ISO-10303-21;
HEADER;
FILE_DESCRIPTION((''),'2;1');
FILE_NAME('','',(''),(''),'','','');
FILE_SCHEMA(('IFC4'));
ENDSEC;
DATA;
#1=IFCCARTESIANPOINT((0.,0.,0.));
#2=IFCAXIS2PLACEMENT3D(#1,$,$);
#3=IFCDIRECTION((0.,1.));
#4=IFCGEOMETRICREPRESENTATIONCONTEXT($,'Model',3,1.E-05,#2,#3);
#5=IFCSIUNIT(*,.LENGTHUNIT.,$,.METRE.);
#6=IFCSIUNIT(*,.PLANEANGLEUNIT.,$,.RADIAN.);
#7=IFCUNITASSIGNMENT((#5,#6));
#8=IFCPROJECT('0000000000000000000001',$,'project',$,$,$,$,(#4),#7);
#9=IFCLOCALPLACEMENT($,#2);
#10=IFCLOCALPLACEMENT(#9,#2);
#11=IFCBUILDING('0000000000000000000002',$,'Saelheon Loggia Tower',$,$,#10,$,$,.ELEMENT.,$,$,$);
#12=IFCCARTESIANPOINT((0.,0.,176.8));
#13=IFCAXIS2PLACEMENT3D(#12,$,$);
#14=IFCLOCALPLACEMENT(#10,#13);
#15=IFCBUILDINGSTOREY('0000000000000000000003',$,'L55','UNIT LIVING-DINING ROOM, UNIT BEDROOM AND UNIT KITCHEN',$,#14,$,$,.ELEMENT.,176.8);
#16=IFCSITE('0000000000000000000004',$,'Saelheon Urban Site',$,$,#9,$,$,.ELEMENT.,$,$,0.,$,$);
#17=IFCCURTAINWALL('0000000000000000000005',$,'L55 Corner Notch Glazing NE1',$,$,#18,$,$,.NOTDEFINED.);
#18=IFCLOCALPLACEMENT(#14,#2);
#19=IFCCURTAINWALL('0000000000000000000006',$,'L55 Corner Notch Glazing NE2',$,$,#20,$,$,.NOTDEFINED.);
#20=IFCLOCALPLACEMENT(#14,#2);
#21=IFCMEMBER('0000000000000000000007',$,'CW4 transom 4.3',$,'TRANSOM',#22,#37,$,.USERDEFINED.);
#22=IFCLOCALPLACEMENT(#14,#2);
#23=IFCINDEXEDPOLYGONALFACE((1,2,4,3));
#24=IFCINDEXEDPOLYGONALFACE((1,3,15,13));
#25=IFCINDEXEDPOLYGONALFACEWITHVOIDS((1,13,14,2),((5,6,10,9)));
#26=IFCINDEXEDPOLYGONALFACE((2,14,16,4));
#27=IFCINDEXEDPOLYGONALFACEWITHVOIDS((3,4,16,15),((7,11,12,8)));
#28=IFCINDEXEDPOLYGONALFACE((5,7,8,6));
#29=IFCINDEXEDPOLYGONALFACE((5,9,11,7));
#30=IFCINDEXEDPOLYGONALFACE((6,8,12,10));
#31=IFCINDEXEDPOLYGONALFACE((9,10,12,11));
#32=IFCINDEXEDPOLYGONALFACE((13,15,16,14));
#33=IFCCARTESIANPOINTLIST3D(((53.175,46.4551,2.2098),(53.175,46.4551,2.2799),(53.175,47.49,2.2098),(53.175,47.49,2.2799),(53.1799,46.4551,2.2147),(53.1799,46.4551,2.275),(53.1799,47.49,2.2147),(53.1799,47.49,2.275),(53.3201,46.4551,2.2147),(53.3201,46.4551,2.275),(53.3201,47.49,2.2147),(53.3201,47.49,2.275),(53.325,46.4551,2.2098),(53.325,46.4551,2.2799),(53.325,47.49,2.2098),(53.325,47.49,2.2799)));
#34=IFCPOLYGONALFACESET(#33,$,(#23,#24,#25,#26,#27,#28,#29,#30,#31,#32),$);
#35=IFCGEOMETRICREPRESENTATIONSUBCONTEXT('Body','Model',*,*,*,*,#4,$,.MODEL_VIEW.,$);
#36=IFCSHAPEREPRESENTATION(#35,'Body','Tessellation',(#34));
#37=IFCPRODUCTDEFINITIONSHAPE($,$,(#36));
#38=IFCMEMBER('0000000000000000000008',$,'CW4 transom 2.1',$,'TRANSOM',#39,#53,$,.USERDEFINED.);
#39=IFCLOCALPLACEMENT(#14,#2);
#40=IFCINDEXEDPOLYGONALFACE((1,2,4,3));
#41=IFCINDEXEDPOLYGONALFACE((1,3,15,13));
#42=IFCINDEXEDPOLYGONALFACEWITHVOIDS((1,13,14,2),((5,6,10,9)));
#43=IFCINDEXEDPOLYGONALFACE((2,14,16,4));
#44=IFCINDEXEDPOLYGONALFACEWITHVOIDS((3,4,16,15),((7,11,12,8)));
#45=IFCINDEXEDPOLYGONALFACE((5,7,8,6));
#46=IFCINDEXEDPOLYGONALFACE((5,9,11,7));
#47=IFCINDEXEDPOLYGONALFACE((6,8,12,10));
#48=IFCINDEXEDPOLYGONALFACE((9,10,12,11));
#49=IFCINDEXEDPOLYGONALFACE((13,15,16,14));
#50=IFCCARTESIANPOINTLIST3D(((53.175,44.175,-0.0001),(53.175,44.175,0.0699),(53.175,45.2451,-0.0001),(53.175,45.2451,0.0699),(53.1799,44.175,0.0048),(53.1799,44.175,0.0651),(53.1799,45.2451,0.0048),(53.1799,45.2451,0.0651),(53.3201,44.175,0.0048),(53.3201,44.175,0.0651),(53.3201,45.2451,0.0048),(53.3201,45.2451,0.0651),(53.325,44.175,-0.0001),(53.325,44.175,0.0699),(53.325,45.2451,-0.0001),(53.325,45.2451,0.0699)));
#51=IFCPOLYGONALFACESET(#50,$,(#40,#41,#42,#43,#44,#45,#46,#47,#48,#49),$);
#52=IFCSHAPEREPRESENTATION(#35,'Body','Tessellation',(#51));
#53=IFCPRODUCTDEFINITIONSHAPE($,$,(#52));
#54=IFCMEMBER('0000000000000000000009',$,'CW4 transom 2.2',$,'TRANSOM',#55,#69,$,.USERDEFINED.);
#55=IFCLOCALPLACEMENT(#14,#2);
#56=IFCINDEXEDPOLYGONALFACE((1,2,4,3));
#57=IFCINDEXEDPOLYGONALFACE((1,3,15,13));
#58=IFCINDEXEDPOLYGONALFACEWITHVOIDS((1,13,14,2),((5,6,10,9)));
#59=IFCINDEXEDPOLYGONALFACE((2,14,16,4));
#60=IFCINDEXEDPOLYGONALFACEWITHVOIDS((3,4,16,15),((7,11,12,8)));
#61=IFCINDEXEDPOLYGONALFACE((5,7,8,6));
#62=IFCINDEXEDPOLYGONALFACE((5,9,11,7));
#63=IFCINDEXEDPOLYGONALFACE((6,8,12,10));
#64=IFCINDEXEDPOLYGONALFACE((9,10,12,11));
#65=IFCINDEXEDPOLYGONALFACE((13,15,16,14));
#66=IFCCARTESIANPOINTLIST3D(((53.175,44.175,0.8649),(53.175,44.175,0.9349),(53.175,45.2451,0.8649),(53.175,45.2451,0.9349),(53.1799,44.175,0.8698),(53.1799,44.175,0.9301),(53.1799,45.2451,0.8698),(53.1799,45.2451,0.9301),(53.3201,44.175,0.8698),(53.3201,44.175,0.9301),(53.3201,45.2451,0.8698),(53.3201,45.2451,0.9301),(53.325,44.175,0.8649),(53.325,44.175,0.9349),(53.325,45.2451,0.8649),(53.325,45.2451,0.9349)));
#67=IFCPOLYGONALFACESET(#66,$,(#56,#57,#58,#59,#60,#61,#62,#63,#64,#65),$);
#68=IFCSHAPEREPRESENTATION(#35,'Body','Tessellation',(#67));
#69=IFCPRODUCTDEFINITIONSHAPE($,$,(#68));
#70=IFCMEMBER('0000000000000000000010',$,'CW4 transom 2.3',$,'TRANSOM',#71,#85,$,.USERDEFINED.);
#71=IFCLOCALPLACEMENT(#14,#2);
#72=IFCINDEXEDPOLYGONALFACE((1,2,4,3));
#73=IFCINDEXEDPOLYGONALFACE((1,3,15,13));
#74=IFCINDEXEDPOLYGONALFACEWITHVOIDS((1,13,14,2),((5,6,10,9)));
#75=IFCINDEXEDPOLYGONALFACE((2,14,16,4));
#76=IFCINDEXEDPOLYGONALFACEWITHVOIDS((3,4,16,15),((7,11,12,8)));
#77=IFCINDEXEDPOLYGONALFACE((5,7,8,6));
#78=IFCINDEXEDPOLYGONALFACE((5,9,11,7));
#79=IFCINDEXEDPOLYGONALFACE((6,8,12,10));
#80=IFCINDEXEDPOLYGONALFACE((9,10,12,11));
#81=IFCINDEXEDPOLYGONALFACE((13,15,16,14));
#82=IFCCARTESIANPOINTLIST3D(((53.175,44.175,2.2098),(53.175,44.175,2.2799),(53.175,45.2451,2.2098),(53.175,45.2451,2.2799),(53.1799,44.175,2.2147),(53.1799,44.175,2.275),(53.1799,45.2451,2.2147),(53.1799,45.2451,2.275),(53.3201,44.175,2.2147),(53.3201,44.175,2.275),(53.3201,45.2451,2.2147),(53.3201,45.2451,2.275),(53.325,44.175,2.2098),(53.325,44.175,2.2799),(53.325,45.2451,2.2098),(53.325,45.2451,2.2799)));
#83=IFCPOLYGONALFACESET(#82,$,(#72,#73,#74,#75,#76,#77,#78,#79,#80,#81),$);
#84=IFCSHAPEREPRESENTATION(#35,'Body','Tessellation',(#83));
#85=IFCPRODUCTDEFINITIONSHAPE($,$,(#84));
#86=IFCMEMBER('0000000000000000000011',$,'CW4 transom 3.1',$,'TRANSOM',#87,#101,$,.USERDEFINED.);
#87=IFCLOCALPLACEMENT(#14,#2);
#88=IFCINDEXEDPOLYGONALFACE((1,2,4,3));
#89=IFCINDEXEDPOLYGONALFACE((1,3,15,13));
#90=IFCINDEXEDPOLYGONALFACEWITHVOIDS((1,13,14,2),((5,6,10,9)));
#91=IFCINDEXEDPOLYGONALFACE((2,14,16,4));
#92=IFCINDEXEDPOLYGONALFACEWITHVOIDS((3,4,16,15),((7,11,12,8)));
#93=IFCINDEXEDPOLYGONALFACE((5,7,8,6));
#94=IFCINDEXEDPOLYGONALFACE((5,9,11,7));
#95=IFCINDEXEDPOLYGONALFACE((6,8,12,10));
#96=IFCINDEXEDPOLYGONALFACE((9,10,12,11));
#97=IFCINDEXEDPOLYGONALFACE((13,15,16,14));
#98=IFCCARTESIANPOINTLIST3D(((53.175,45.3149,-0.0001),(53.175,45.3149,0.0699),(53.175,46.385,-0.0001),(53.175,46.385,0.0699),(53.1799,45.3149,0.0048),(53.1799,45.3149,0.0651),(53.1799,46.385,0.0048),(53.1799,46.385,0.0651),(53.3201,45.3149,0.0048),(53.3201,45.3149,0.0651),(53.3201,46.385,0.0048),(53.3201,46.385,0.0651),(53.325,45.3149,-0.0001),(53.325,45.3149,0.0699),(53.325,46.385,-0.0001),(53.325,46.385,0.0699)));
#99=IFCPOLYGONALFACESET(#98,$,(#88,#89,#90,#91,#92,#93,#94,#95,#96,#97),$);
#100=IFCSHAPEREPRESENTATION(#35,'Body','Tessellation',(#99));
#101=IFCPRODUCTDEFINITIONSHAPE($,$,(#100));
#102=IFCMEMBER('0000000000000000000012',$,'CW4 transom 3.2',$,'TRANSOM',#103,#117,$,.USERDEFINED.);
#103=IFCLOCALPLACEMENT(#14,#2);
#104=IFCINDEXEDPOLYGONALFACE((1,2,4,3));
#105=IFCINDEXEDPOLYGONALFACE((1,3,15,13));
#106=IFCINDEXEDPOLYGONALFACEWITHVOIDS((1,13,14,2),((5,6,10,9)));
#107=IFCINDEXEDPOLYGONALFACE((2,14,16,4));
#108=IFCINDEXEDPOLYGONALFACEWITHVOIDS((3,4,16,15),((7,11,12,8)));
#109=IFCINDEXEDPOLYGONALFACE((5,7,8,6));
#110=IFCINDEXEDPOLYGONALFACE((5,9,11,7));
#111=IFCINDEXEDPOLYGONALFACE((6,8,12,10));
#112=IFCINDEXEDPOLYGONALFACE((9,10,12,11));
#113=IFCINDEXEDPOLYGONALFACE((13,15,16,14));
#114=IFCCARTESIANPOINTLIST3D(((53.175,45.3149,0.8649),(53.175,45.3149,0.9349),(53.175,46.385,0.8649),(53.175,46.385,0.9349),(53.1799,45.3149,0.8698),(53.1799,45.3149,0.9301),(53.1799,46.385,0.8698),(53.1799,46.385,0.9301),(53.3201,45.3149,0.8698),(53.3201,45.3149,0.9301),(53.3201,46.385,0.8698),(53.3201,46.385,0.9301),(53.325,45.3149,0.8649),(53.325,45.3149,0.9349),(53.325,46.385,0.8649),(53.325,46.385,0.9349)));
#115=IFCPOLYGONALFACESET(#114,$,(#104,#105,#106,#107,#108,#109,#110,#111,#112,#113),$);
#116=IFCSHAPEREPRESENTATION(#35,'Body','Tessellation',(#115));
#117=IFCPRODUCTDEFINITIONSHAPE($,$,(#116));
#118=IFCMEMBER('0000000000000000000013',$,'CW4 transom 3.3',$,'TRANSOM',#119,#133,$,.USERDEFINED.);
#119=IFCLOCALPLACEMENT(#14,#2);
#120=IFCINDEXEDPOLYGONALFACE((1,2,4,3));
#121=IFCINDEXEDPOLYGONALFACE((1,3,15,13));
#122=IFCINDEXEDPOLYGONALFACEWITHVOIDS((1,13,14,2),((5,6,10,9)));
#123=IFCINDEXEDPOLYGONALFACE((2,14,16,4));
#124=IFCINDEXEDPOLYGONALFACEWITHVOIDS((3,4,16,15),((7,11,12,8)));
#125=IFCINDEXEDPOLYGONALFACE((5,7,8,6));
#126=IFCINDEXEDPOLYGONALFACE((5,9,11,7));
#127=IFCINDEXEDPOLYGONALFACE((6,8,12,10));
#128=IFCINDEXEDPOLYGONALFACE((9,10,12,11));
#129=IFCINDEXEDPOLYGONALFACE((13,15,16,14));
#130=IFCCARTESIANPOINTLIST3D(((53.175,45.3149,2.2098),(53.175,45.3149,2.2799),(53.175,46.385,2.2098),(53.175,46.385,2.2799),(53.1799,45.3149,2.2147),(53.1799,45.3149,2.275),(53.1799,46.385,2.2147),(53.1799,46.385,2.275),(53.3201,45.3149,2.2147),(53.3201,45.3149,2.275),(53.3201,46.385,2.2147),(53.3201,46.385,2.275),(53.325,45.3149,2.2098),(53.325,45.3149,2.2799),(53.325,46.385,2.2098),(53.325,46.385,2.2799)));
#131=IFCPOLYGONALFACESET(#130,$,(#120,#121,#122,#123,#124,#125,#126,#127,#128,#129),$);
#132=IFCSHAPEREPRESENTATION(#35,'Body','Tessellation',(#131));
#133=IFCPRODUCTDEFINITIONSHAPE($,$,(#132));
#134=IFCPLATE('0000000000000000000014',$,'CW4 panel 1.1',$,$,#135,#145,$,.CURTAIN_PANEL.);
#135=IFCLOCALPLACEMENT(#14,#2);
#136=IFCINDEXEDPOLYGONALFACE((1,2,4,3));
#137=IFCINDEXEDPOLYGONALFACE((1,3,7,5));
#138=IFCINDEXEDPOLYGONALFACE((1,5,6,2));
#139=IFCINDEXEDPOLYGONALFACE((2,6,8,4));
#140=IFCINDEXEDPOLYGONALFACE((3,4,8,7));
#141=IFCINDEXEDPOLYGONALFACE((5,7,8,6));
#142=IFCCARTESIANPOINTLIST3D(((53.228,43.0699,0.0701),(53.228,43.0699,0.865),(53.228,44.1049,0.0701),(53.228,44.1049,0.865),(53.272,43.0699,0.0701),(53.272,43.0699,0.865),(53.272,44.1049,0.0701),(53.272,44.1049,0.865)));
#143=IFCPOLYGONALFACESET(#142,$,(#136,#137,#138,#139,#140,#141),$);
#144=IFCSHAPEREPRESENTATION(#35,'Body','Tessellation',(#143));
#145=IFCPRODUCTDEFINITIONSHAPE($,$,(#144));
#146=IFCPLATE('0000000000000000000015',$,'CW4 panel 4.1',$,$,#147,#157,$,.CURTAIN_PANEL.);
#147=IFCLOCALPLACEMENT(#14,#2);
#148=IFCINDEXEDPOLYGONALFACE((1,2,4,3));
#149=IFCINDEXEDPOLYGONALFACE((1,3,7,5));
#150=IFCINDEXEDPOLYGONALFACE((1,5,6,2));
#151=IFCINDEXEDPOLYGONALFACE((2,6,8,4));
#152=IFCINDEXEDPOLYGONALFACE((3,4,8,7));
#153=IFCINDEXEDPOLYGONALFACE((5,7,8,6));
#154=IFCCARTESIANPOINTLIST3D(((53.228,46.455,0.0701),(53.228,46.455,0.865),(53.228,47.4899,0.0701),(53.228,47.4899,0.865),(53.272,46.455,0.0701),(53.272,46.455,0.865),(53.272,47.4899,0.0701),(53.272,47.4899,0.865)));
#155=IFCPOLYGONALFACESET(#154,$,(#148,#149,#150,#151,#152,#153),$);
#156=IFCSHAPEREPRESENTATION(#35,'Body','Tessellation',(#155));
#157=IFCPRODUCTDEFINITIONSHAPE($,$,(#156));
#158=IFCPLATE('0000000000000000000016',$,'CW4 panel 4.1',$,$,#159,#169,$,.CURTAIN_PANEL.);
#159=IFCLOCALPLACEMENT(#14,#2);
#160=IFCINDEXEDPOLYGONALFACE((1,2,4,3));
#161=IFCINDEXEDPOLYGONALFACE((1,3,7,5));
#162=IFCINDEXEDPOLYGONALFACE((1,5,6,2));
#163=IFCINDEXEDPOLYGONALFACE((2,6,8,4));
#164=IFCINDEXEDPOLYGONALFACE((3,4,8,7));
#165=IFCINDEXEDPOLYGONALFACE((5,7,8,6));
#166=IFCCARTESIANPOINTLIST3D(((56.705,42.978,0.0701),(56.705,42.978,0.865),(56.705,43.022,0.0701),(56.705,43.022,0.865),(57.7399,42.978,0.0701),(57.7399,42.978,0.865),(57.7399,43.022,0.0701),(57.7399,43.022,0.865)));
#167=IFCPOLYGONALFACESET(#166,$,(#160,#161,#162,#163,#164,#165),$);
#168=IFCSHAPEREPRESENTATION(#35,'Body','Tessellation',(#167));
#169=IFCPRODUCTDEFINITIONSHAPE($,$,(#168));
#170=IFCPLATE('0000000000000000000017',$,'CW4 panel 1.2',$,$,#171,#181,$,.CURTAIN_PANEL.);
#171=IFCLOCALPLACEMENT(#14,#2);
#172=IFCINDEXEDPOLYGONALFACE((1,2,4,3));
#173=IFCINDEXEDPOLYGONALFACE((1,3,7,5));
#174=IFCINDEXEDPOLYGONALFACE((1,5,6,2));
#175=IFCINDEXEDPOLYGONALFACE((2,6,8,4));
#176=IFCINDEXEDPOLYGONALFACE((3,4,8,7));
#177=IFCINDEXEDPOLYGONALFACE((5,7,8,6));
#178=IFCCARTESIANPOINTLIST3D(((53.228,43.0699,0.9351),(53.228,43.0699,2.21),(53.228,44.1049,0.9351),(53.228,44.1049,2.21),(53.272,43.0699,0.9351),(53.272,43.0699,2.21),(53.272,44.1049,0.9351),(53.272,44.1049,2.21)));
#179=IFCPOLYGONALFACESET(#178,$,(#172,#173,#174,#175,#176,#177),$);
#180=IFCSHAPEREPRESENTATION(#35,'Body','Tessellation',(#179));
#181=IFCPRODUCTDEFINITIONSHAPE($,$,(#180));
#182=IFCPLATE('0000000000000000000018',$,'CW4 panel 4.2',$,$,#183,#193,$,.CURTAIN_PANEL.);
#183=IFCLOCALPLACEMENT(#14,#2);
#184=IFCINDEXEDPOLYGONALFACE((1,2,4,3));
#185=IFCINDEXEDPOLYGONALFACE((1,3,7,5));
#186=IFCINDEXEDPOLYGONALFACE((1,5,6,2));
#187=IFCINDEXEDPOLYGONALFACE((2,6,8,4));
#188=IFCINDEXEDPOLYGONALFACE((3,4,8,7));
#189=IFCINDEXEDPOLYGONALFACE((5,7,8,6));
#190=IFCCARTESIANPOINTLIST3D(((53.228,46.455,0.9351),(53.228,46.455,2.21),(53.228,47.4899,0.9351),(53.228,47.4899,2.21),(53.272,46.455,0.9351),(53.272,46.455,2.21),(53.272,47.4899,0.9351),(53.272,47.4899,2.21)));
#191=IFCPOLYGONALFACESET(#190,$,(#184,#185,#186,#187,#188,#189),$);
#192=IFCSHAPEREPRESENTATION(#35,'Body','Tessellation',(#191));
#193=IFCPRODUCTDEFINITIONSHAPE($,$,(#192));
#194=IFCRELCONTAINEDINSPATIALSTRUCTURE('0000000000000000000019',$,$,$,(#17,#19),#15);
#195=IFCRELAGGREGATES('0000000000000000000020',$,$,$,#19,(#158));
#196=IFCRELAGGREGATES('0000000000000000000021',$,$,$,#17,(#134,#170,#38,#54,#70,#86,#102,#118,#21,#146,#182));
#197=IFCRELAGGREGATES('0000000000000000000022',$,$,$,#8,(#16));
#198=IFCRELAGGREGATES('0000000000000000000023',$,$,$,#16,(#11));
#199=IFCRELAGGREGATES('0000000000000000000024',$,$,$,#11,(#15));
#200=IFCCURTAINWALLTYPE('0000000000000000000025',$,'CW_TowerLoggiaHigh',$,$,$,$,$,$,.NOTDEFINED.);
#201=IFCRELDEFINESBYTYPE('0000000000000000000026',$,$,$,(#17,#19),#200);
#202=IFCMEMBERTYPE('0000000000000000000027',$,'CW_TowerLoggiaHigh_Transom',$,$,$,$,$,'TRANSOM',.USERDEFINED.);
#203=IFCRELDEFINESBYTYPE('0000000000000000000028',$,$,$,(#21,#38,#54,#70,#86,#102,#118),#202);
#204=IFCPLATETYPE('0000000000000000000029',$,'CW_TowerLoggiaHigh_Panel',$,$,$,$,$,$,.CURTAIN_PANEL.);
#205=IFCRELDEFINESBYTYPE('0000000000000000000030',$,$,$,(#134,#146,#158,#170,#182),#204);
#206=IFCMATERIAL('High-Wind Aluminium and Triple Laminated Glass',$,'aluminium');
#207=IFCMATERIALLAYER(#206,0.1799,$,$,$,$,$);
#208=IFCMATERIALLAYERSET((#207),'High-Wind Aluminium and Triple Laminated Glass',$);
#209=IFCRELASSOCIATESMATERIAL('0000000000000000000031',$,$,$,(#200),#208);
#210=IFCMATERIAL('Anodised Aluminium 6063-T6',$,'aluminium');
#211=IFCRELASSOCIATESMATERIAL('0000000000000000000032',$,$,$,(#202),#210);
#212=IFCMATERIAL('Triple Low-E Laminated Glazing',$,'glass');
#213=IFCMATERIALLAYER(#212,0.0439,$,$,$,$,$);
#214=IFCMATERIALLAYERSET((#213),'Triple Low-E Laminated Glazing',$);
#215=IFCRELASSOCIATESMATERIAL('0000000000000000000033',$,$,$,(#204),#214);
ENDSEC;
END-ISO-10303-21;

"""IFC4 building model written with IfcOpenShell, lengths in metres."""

from ifc_helpers import new_model, si_unit, direction, frame, origin, origin_2d, place, context, subcontext, project, spatial, rectangle, hollow_rectangle, extrude, source, transform, mapped, material, layer, layer_set, material_profile, profile_set, type_object, element, aggregate, save


model = new_model("IFC4")

# Units and contexts
model_context = context("Model", 3, precision=1e-05, world=origin(), true_north=direction((0.0, 1.0)))
body_context = subcontext(model_context, "Body", "Model", "MODEL_VIEW")
ifc_project = project(units=[si_unit("LENGTHUNIT", "METRE"), si_unit("PLANEANGLEUNIT", "RADIAN")], contexts=[model_context])

# Site, building, storey
site_placement = place(None, origin())
site = spatial("IfcSite", under=ifc_project, at=site_placement, Name="Saelheon Urban Site", CompositionType="ELEMENT", RefElevation=0.0)
building_placement = place(site_placement, origin())
building = spatial("IfcBuilding", under=site, at=building_placement, Name="Saelheon Loggia Tower", CompositionType="ELEMENT")
storey_placement = place(building_placement, frame((0.0, 0.0, 176.8)))
storey = spatial("IfcBuildingStorey", under=building, at=storey_placement, Name="L55", Description="UNIT LIVING-DINING ROOM, UNIT BEDROOM AND UNIT KITCHEN", CompositionType="ELEMENT", Elevation=176.8)

# Curtain wall
ifc_material_1 = material(Name="High-Wind Aluminium and Triple Laminated Glass", Category="aluminium")
ifc_layer_1 = layer(ifc_material_1, 0.1799)
ifc_layer_set_1 = layer_set([ifc_layer_1], Name="High-Wind Aluminium and Triple Laminated Glass")
curtain_wall_type = type_object("IfcCurtainWallType", Name="CW_TowerLoggiaHigh", PredefinedType="NOTDEFINED", material=ifc_layer_set_1)
curtain_wall_1_placement = place(storey_placement, origin())
curtain_wall_1 = element("IfcCurtainWall", 1, at=curtain_wall_1_placement, inside=storey, type_object=curtain_wall_type, Name="L55 Corner Notch Glazing NE1", PredefinedType="NOTDEFINED")
ifc_material_2 = material(Name="Anodised Aluminium 6063-T6", Category="aluminium")

# Curtain wall
curtain_wall_2_placement = place(storey_placement, origin())
curtain_wall_2 = element("IfcCurtainWall", 2, at=curtain_wall_2_placement, inside=storey, type_object=curtain_wall_type, Name="L55 Corner Notch Glazing NE2", PredefinedType="NOTDEFINED")

# Members
ifc_material_profile_1 = material_profile(ifc_material_2, hollow_rectangle(XDim=0.0701, YDim=0.1499, WallThickness=0.0049, at=origin_2d()), Name="RHS-150x70x5")
ifc_profile_set_1 = profile_set([ifc_material_profile_1], Name="Anodised Aluminium 6063-T6")
member_type_1 = type_object("IfcMemberType", Name="CW_TowerLoggiaHigh_Transom", ElementType="TRANSOM", PredefinedType="USERDEFINED", material=ifc_profile_set_1)
shared_shape_1 = source(origin(), body_context, "Body", "SweptSolid", [
    extrude(hollow_rectangle(XDim=0.0701, YDim=0.1499, WallThickness=0.0049, at=origin_2d()), origin(), (0.0, 0.0, 1.0), 1.0349),
])
member_1_placement = place(storey_placement, frame((53.25, 46.4551, 2.2449), z_axis=(0.0, 1.0, 0.0), x_axis=(0.0, 0.0, 1.0)))
member_1 = element("IfcMember", 3, at=member_1_placement, type_object=member_type_1, Name="CW4 transom 4.3", ObjectType="TRANSOM", PredefinedType="USERDEFINED", context=body_context, shape_type="MappedRepresentation", body=[
    mapped(shared_shape_1, transform((0.0, 0.0, 0.0), scale=1.0)),
])
shared_shape_2 = source(origin(), body_context, "Body", "SweptSolid", [
    extrude(hollow_rectangle(XDim=0.0701, YDim=0.1499, WallThickness=0.0049, at=origin_2d()), origin(), (0.0, 0.0, 1.0), 1.0701),
])
member_2_placement = place(storey_placement, frame((53.25, 44.175, 0.0349), z_axis=(0.0, 1.0, 0.0), x_axis=(0.0, 0.0, 1.0)))
member_2 = element("IfcMember", 4, at=member_2_placement, type_object=member_type_1, Name="CW4 transom 2.1", ObjectType="TRANSOM", PredefinedType="USERDEFINED", context=body_context, shape_type="MappedRepresentation", body=[
    mapped(shared_shape_2, transform((0.0, 0.0, 0.0), scale=1.0)),
])
member_3_placement = place(storey_placement, frame((53.25, 44.175, 0.8999), z_axis=(0.0, 1.0, 0.0), x_axis=(0.0, 0.0, 1.0)))
member_3 = element("IfcMember", 5, at=member_3_placement, type_object=member_type_1, Name="CW4 transom 2.2", ObjectType="TRANSOM", PredefinedType="USERDEFINED", context=body_context, shape_type="MappedRepresentation", body=[
    mapped(shared_shape_2, transform((0.0, 0.0, 0.0), scale=1.0)),
])
member_4_placement = place(storey_placement, frame((53.25, 44.175, 2.2449), z_axis=(0.0, 1.0, 0.0), x_axis=(0.0, 0.0, 1.0)))
member_4 = element("IfcMember", 6, at=member_4_placement, type_object=member_type_1, Name="CW4 transom 2.3", ObjectType="TRANSOM", PredefinedType="USERDEFINED", context=body_context, shape_type="MappedRepresentation", body=[
    mapped(shared_shape_2, transform((0.0, 0.0, 0.0), scale=1.0)),
])
member_5_placement = place(storey_placement, frame((53.25, 45.3149, 0.0349), z_axis=(0.0, 1.0, 0.0), x_axis=(0.0, 0.0, 1.0)))
member_5 = element("IfcMember", 7, at=member_5_placement, type_object=member_type_1, Name="CW4 transom 3.1", ObjectType="TRANSOM", PredefinedType="USERDEFINED", context=body_context, shape_type="MappedRepresentation", body=[
    mapped(shared_shape_2, transform((0.0, 0.0, 0.0), scale=1.0)),
])
member_6_placement = place(storey_placement, frame((53.25, 45.3149, 0.8999), z_axis=(0.0, 1.0, 0.0), x_axis=(0.0, 0.0, 1.0)))
member_6 = element("IfcMember", 8, at=member_6_placement, type_object=member_type_1, Name="CW4 transom 3.2", ObjectType="TRANSOM", PredefinedType="USERDEFINED", context=body_context, shape_type="MappedRepresentation", body=[
    mapped(shared_shape_2, transform((0.0, 0.0, 0.0), scale=1.0)),
])
member_7_placement = place(storey_placement, frame((53.25, 45.3149, 2.2449), z_axis=(0.0, 1.0, 0.0), x_axis=(0.0, 0.0, 1.0)))
member_7 = element("IfcMember", 9, at=member_7_placement, type_object=member_type_1, Name="CW4 transom 3.3", ObjectType="TRANSOM", PredefinedType="USERDEFINED", context=body_context, shape_type="MappedRepresentation", body=[
    mapped(shared_shape_2, transform((0.0, 0.0, 0.0), scale=1.0)),
])

# Plates
ifc_material_3 = material(Name="Triple Low-E Laminated Glazing", Category="glass")
ifc_layer_2 = layer(ifc_material_3, 0.0439)
ifc_layer_set_2 = layer_set([ifc_layer_2], Name="Triple Low-E Laminated Glazing")
plate_type = type_object("IfcPlateType", Name="CW_TowerLoggiaHigh_Panel", PredefinedType="CURTAIN_PANEL", material=ifc_layer_set_2)
shared_shape_3 = source(origin(), body_context, "Body", "SweptSolid", [
    extrude(rectangle(XDim=1.0349, YDim=0.0439, at=origin_2d()), origin(), (0.0, 0.0, 1.0), 0.7949),
])
plate_1_placement = place(storey_placement, frame((53.25, 43.5874, 0.0701), z_axis=(0.0, 0.0, 1.0), x_axis=(0.0, 1.0, 0.0)))
plate_1 = element("IfcPlate", 10, at=plate_1_placement, type_object=plate_type, Name="CW4 panel 1.1", PredefinedType="CURTAIN_PANEL", context=body_context, shape_type="MappedRepresentation", body=[
    mapped(shared_shape_3, transform((0.0, 0.0, 0.0), scale=1.0)),
])
plate_2_placement = place(storey_placement, frame((53.25, 46.9724, 0.0701), z_axis=(0.0, 0.0, 1.0), x_axis=(0.0, 1.0, 0.0)))
plate_2 = element("IfcPlate", 11, at=plate_2_placement, type_object=plate_type, Name="CW4 panel 4.1", PredefinedType="CURTAIN_PANEL", context=body_context, shape_type="MappedRepresentation", body=[
    mapped(shared_shape_3, transform((0.0, 0.0, 0.0), scale=1.0)),
])
plate_3_placement = place(storey_placement, frame((57.2224, 43.0, 0.0701), z_axis=(0.0, 0.0, 1.0), x_axis=(1.0, 0.0, 0.0)))
plate_3 = element("IfcPlate", 12, at=plate_3_placement, type_object=plate_type, Name="CW4 panel 4.1", PredefinedType="CURTAIN_PANEL", context=body_context, shape_type="MappedRepresentation", body=[
    mapped(shared_shape_3, transform((0.0, 0.0, 0.0), scale=1.0)),
])
shared_shape_4 = source(origin(), body_context, "Body", "SweptSolid", [
    extrude(rectangle(XDim=1.0349, YDim=0.0439, at=origin_2d()), origin(), (0.0, 0.0, 1.0), 1.2749),
])
plate_4_placement = place(storey_placement, frame((53.25, 43.5874, 0.9351), z_axis=(0.0, 0.0, 1.0), x_axis=(0.0, 1.0, 0.0)))
plate_4 = element("IfcPlate", 13, at=plate_4_placement, type_object=plate_type, Name="CW4 panel 1.2", PredefinedType="CURTAIN_PANEL", context=body_context, shape_type="MappedRepresentation", body=[
    mapped(shared_shape_4, transform((0.0, 0.0, 0.0), scale=1.0)),
])
plate_5_placement = place(storey_placement, frame((53.25, 46.9724, 0.9351), z_axis=(0.0, 0.0, 1.0), x_axis=(0.0, 1.0, 0.0)))
plate_5 = element("IfcPlate", 14, at=plate_5_placement, type_object=plate_type, Name="CW4 panel 4.2", PredefinedType="CURTAIN_PANEL", context=body_context, shape_type="MappedRepresentation", body=[
    mapped(shared_shape_4, transform((0.0, 0.0, 0.0), scale=1.0)),
])
aggregate(curtain_wall_2, [plate_3])
aggregate(curtain_wall_1, [plate_1, plate_4, member_2, member_3, member_4, member_5, member_6, member_7, member_1, plate_2, plate_5])

save(model, "model.ifc")
